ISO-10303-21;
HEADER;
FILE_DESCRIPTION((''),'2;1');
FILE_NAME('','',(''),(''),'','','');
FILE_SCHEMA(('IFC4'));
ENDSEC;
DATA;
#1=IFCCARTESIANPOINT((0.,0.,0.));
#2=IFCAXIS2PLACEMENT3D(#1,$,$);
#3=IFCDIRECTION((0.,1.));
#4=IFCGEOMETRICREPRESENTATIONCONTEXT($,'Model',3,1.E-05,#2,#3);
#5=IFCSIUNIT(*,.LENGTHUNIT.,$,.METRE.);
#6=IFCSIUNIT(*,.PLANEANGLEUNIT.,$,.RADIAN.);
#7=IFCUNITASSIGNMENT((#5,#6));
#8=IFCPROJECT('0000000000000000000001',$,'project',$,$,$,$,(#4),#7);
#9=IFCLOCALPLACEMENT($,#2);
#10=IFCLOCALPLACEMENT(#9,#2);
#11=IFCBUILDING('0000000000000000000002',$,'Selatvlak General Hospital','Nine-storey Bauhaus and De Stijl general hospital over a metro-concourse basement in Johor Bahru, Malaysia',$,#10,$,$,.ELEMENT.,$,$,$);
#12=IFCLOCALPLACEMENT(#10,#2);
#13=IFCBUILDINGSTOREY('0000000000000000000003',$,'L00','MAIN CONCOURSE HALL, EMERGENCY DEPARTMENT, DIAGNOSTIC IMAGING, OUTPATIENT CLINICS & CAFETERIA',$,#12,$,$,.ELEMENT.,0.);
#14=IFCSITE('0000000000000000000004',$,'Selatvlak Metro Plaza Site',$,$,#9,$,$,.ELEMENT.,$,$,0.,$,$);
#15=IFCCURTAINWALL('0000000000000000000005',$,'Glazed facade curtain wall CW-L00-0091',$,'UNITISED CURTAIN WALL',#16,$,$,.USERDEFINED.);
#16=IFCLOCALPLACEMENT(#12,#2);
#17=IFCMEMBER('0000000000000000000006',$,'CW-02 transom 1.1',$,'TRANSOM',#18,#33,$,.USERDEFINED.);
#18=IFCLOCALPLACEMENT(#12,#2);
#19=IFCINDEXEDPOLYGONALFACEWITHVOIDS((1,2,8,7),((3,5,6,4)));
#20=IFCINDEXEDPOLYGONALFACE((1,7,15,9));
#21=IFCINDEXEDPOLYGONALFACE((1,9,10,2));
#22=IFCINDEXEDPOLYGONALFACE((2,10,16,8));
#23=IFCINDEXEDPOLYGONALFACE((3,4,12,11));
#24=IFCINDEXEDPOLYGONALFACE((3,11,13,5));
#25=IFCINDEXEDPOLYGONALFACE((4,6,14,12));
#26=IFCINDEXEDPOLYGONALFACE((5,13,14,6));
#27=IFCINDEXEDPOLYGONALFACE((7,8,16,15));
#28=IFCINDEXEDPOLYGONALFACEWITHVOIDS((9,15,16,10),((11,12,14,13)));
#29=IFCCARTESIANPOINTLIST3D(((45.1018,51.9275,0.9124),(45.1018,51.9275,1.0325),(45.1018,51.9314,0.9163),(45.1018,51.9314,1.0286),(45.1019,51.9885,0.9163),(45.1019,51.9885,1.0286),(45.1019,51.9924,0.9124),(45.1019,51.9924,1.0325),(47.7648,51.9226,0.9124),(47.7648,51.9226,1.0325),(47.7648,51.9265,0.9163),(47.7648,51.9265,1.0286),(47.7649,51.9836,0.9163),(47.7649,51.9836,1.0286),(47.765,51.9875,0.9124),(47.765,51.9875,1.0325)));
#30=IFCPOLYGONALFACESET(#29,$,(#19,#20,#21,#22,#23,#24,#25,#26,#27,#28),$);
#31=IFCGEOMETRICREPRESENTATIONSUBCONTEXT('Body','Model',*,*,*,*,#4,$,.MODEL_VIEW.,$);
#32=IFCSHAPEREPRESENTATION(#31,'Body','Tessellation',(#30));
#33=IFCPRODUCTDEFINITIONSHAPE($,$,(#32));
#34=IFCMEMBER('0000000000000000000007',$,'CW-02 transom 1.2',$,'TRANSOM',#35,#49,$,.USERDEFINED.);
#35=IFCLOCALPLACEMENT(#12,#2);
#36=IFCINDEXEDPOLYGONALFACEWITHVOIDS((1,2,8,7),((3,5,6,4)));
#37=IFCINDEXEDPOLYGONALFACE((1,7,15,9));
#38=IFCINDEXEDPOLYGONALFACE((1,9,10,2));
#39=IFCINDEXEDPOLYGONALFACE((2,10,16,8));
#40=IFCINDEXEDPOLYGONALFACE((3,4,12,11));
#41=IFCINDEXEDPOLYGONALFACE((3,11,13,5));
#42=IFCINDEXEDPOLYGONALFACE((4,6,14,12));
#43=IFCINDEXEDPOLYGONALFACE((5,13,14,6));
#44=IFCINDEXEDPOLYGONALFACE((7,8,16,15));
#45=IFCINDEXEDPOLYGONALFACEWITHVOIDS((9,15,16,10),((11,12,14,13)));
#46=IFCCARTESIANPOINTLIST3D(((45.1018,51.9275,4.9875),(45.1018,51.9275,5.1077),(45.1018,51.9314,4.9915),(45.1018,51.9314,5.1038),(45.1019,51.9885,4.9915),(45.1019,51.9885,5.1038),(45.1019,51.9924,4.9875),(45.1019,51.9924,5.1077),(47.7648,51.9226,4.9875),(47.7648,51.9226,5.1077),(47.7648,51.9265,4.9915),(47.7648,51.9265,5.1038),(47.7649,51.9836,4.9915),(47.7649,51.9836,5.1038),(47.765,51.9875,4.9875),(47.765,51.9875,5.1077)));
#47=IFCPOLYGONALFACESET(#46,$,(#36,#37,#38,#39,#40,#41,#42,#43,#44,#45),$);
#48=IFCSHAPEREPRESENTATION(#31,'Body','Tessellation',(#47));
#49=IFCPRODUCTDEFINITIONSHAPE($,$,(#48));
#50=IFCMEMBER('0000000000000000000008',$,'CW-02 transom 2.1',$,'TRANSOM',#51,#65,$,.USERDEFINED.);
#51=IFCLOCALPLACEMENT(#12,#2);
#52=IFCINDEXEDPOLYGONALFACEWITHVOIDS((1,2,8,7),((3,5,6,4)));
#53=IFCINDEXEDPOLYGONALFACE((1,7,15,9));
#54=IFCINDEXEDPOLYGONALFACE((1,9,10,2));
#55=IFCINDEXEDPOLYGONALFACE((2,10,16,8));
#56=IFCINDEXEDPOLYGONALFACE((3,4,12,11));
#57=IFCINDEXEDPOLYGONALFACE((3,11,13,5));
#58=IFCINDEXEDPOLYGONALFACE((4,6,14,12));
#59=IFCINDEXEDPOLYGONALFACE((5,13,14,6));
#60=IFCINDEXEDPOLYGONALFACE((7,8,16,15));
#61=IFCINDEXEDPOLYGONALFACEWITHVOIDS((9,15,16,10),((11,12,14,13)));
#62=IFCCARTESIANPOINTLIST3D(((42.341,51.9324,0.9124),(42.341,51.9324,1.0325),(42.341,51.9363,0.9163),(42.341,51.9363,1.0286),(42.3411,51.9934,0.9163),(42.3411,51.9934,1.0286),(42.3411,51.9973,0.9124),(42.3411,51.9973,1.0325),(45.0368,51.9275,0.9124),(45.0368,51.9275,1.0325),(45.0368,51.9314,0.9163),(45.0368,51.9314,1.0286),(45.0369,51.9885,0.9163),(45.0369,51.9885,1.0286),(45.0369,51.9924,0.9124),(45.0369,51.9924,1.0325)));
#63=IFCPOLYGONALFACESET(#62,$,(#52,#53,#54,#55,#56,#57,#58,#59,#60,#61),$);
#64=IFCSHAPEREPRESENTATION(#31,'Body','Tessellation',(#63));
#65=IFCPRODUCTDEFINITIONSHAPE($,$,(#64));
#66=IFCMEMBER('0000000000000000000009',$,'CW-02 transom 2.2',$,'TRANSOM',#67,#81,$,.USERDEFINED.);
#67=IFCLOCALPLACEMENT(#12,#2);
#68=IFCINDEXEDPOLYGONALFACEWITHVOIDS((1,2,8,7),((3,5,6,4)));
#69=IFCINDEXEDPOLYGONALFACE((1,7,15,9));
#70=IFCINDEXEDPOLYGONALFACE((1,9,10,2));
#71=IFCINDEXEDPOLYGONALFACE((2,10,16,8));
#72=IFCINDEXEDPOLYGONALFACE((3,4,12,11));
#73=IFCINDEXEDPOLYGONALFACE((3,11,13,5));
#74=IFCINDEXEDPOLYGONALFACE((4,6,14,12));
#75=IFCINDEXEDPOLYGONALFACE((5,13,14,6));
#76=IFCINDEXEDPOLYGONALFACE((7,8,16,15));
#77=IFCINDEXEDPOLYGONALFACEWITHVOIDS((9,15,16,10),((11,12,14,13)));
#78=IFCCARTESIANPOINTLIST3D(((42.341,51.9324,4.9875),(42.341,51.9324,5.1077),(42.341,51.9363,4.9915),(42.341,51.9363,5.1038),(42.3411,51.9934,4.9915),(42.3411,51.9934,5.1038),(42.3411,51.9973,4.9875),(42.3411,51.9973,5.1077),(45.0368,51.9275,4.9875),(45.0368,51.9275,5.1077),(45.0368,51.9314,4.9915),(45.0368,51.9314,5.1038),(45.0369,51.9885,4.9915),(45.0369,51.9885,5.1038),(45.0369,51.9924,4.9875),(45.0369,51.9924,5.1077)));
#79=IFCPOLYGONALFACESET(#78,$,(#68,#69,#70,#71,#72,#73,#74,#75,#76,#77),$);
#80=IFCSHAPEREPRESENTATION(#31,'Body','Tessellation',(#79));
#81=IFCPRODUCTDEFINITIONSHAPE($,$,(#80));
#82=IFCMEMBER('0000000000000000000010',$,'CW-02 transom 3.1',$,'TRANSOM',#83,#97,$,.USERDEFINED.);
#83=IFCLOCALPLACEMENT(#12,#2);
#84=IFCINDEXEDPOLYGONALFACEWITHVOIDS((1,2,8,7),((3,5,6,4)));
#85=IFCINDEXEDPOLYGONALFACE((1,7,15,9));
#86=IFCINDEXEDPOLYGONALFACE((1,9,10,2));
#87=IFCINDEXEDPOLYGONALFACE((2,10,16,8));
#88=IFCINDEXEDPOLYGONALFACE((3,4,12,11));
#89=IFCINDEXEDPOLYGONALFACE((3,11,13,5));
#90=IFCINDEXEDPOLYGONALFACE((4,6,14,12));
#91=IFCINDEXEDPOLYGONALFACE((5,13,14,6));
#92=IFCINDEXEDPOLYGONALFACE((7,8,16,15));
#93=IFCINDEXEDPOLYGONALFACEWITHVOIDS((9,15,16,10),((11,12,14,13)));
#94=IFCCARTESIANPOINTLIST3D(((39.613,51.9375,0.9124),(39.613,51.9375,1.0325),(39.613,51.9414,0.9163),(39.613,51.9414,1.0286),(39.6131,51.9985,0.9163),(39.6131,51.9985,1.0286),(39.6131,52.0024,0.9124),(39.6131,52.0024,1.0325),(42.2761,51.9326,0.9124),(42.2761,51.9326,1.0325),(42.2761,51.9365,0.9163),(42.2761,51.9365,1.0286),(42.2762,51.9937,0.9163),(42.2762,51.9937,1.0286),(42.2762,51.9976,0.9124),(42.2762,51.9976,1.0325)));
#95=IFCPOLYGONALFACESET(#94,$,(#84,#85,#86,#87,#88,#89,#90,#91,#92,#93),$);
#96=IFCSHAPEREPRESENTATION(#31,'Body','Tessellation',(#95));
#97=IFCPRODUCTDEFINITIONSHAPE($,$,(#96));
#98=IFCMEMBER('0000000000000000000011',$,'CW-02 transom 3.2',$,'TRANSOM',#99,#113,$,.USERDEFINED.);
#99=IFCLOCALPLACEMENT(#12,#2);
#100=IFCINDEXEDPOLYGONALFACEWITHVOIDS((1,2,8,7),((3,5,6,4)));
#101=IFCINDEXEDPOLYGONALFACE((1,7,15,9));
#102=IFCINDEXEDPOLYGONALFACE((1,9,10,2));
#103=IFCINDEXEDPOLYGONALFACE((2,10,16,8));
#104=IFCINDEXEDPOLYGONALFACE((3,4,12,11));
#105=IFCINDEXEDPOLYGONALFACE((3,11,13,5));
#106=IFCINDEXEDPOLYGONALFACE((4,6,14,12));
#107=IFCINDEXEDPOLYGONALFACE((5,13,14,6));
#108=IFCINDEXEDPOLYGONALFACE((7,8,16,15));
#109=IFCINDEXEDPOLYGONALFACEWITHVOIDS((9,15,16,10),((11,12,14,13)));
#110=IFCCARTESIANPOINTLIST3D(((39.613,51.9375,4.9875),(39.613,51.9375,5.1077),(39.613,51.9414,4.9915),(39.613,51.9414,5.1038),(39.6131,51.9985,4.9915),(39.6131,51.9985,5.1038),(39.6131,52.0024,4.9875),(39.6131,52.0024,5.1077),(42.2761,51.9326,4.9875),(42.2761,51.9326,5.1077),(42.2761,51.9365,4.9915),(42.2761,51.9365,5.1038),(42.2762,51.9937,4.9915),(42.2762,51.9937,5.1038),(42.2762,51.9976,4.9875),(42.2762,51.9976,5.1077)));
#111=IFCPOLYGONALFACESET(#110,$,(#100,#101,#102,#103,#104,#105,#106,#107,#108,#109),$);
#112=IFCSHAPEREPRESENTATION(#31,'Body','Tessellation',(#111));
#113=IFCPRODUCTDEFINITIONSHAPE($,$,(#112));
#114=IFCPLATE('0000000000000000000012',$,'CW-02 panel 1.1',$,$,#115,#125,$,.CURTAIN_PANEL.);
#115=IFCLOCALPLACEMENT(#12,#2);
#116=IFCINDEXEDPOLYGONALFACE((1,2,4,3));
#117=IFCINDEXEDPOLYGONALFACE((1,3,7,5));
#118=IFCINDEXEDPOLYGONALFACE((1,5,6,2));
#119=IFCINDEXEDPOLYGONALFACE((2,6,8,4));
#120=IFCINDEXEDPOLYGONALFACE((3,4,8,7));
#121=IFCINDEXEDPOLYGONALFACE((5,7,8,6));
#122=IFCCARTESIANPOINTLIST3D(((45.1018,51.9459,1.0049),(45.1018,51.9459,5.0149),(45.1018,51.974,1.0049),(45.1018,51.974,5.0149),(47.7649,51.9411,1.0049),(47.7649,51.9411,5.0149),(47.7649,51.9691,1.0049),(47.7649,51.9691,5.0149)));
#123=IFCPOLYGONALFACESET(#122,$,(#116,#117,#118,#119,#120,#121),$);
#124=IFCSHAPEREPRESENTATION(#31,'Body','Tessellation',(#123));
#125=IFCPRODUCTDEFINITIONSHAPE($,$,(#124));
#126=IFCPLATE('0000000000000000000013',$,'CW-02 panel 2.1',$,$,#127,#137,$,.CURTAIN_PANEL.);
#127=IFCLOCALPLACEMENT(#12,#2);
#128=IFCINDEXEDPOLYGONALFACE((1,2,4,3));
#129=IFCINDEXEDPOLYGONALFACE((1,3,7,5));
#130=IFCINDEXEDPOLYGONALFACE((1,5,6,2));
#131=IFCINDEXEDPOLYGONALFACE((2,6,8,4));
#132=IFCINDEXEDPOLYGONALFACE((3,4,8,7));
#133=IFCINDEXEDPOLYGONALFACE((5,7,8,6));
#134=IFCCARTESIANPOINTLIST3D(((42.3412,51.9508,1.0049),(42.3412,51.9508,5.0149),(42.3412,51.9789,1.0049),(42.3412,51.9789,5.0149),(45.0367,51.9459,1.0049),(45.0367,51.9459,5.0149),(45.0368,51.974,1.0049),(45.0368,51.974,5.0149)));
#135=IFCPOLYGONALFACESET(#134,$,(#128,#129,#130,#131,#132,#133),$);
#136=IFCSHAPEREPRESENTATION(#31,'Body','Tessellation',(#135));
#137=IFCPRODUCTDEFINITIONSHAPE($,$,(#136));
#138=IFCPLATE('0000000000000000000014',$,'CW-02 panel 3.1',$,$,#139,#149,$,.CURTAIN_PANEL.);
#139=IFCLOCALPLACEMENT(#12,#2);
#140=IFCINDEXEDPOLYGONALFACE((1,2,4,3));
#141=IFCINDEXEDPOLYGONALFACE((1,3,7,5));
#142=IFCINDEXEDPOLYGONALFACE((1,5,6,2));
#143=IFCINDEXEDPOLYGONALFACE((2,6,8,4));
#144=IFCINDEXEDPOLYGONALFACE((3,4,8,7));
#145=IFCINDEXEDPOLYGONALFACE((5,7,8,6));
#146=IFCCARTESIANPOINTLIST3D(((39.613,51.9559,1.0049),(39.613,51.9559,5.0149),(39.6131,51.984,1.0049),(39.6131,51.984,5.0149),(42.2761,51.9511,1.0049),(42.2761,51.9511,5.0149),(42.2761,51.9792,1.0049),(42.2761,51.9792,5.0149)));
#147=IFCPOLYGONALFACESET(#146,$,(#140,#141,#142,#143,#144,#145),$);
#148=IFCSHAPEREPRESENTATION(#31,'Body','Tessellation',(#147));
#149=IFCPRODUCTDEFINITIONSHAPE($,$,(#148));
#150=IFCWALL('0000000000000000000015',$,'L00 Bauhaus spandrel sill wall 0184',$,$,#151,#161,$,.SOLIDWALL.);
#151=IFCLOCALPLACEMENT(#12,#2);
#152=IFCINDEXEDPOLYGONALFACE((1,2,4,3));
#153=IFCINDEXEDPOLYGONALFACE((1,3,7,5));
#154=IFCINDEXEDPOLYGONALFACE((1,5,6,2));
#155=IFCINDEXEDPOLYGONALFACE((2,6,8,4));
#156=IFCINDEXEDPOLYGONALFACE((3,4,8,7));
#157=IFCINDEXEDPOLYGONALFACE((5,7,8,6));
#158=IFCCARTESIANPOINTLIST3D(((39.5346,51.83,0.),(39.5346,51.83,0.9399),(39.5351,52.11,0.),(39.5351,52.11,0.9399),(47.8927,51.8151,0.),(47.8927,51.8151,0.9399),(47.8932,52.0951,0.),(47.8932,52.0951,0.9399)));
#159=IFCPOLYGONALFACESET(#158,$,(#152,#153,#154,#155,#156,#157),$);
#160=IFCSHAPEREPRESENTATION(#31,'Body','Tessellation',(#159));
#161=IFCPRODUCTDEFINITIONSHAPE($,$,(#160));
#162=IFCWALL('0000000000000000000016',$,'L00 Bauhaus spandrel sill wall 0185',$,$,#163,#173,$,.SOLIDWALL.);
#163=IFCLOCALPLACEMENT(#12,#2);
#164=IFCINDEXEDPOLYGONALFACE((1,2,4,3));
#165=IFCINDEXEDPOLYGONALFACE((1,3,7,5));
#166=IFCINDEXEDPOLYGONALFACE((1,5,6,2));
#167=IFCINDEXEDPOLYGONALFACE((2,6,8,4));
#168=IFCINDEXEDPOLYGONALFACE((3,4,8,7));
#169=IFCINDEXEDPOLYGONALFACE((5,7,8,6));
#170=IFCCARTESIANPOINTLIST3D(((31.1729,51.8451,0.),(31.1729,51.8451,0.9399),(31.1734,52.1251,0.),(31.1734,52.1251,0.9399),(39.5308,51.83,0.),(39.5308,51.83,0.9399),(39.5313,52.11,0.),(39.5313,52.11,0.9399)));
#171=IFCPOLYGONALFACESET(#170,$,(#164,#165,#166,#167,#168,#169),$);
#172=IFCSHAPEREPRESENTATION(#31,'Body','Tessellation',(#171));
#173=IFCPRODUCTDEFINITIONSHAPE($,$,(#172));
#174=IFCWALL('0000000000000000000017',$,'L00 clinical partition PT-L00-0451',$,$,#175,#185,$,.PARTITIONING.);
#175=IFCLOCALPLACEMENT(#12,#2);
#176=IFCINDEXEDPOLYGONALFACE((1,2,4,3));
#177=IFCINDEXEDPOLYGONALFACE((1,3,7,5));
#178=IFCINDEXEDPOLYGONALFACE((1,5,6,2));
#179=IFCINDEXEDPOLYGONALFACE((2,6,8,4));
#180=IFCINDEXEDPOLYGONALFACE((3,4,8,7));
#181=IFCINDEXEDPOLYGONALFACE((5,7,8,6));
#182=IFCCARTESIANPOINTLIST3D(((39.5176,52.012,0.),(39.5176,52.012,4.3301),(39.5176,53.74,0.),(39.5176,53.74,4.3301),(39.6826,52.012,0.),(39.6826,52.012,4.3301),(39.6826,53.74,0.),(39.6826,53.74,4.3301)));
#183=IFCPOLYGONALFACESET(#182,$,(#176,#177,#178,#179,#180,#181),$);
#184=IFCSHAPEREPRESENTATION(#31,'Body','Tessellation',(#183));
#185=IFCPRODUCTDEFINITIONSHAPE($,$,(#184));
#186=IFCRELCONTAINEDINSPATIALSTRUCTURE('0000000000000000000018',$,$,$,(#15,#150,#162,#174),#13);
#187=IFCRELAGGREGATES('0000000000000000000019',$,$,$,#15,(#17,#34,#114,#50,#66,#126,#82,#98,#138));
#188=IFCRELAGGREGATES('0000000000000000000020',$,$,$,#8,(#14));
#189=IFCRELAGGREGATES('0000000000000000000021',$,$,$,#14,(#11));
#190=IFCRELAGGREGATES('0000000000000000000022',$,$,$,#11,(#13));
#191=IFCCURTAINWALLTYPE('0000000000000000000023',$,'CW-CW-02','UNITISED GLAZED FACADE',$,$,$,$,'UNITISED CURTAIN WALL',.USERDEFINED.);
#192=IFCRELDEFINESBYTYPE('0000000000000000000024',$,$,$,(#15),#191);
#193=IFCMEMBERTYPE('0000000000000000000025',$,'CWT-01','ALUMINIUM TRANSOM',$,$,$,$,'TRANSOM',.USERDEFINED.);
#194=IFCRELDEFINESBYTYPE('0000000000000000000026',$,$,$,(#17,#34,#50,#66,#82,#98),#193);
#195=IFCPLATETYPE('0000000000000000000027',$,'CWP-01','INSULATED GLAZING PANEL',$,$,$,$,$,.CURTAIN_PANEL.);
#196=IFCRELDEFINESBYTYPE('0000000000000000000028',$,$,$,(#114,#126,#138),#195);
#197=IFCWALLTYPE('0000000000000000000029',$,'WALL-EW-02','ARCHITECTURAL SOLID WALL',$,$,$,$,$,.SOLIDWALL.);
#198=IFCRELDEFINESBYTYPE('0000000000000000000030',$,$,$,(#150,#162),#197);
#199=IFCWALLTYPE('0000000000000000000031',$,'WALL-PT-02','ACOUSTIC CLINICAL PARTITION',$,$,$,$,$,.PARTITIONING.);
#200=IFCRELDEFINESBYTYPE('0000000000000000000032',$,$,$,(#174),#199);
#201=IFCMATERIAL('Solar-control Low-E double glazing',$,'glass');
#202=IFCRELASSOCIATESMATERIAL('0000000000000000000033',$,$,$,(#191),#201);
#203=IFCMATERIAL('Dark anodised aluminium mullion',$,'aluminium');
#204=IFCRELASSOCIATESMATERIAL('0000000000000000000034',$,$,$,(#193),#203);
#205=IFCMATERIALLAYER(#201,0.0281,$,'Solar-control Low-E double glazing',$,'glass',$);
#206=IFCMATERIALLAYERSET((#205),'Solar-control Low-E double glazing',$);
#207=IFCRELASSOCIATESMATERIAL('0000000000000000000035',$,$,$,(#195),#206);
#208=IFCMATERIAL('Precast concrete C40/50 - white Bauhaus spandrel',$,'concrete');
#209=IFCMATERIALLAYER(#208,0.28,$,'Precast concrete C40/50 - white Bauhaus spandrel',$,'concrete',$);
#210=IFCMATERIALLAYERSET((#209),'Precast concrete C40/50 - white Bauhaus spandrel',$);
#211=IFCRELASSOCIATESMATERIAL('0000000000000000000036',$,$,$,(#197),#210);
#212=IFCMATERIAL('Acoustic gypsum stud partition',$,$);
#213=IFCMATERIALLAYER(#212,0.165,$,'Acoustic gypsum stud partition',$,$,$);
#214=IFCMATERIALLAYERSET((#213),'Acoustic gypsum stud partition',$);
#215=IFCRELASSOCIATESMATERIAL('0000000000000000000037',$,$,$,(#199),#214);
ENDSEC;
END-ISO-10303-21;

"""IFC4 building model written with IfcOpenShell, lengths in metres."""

from ifc_helpers import new_model, si_unit, direction, frame, frame_2d, origin, origin_2d, place, context, subcontext, project, spatial, rectangle, hollow_rectangle, extrude, material, layer, layer_set, material_profile, profile_set, type_object, element, aggregate, save


model = new_model("IFC4")

# Units and contexts
model_context = context("Model", 3, precision=1e-05, world=origin(), true_north=direction((0.0, 1.0)))
body_context = subcontext(model_context, "Body", "Model", "MODEL_VIEW")
ifc_project = project(units=[si_unit("LENGTHUNIT", "METRE"), si_unit("PLANEANGLEUNIT", "RADIAN")], contexts=[model_context])

# Site, building, storey
site_placement = place(None, origin())
site = spatial("IfcSite", under=ifc_project, at=site_placement, Name="Selatvlak Metro Plaza Site", CompositionType="ELEMENT", RefElevation=0.0)
building_placement = place(site_placement, origin())
building = spatial("IfcBuilding", under=site, at=building_placement, Name="Selatvlak General Hospital", Description="Nine-storey Bauhaus and De Stijl general hospital over a metro-concourse basement in Johor Bahru, Malaysia", CompositionType="ELEMENT")
storey_placement = place(building_placement, origin())
storey = spatial("IfcBuildingStorey", under=building, at=storey_placement, Name="L00", Description="MAIN CONCOURSE HALL, EMERGENCY DEPARTMENT, DIAGNOSTIC IMAGING, OUTPATIENT CLINICS & CAFETERIA", CompositionType="ELEMENT", Elevation=0.0)

# Shared definitions
ifc_material_1 = material(Name="Solar-control Low-E double glazing", Category="glass")
ifc_material_2 = material(Name="Dark anodised aluminium mullion", Category="aluminium")

# Curtain wall
curtain_wall_type_1 = type_object("IfcCurtainWallType", Name="CW-CW-02", Description="UNITISED GLAZED FACADE", ElementType="UNITISED CURTAIN WALL", PredefinedType="USERDEFINED", material=ifc_material_1)
curtain_wall_1_placement = place(storey_placement, origin())
curtain_wall_1 = element("IfcCurtainWall", 1, at=curtain_wall_1_placement, inside=storey, type_object=curtain_wall_type_1, Name="Glazed facade curtain wall CW-L00-0091", ObjectType="UNITISED CURTAIN WALL", PredefinedType="USERDEFINED")

# Members
ifc_material_profile_1 = material_profile(ifc_material_2, hollow_rectangle(XDim=0.0649, YDim=0.1201, WallThickness=0.0039, at=origin_2d()), Name="AL-TRN 65x120x4")
ifc_profile_set_1 = profile_set([ifc_material_profile_1], Name="Dark anodised aluminium mullion")
member_type_1 = type_object("IfcMemberType", Name="CWT-01", Description="ALUMINIUM TRANSOM", ElementType="TRANSOM", PredefinedType="USERDEFINED", material=ifc_profile_set_1)
member_1_placement = place(storey_placement, frame((47.7649, 51.9551, 0.9724), z_axis=(-0.999998, 0.001834, 0.0), x_axis=(-0.001834, -0.999998, 0.0)))
member_1 = element("IfcMember", 2, at=member_1_placement, type_object=member_type_1, Name="CW-02 transom 1.1", ObjectType="TRANSOM", PredefinedType="USERDEFINED", context=body_context, shape_type="SweptSolid", body=[
    extrude(hollow_rectangle(XDim=0.0649, YDim=0.1201, WallThickness=0.0039, at=origin_2d()), origin(), (0.0, 0.0, 1.0), 2.6631),
])
member_2_placement = place(storey_placement, frame((47.7649, 51.9551, 5.0476), z_axis=(-0.999998, 0.001834, 0.0), x_axis=(-0.001834, -0.999998, 0.0)))
member_2 = element("IfcMember", 3, at=member_2_placement, type_object=member_type_1, Name="CW-02 transom 1.2", ObjectType="TRANSOM", PredefinedType="USERDEFINED", context=body_context, shape_type="SweptSolid", body=[
    extrude(hollow_rectangle(XDim=0.0649, YDim=0.1201, WallThickness=0.0039, at=origin_2d()), origin(), (0.0, 0.0, 1.0), 2.6631),
])
member_3_placement = place(storey_placement, frame((45.0369, 51.96, 0.9724), z_axis=(-0.999998, 0.001811, 0.0), x_axis=(-0.001811, -0.999998, 0.0)))
member_3 = element("IfcMember", 4, at=member_3_placement, type_object=member_type_1, Name="CW-02 transom 2.1", ObjectType="TRANSOM", PredefinedType="USERDEFINED", context=body_context, shape_type="SweptSolid", body=[
    extrude(hollow_rectangle(XDim=0.0649, YDim=0.1201, WallThickness=0.0039, at=origin_2d()), origin(), (0.0, 0.0, 1.0), 2.6958),
])
member_4_placement = place(storey_placement, frame((45.0369, 51.96, 5.0476), z_axis=(-0.999998, 0.001811, 0.0), x_axis=(-0.001811, -0.999998, 0.0)))
member_4 = element("IfcMember", 5, at=member_4_placement, type_object=member_type_1, Name="CW-02 transom 2.2", ObjectType="TRANSOM", PredefinedType="USERDEFINED", context=body_context, shape_type="SweptSolid", body=[
    extrude(hollow_rectangle(XDim=0.0649, YDim=0.1201, WallThickness=0.0039, at=origin_2d()), origin(), (0.0, 0.0, 1.0), 2.6958),
])
member_5_placement = place(storey_placement, frame((42.2761, 51.9651, 0.9724), z_axis=(-0.999998, 0.001834, 0.0), x_axis=(-0.001834, -0.999998, 0.0)))
member_5 = element("IfcMember", 6, at=member_5_placement, type_object=member_type_1, Name="CW-02 transom 3.1", ObjectType="TRANSOM", PredefinedType="USERDEFINED", context=body_context, shape_type="SweptSolid", body=[
    extrude(hollow_rectangle(XDim=0.0649, YDim=0.1201, WallThickness=0.0039, at=origin_2d()), origin(), (0.0, 0.0, 1.0), 2.6631),
])
member_6_placement = place(storey_placement, frame((42.2761, 51.9651, 5.0476), z_axis=(-0.999998, 0.001834, 0.0), x_axis=(-0.001834, -0.999998, 0.0)))
member_6 = element("IfcMember", 7, at=member_6_placement, type_object=member_type_1, Name="CW-02 transom 3.2", ObjectType="TRANSOM", PredefinedType="USERDEFINED", context=body_context, shape_type="SweptSolid", body=[
    extrude(hollow_rectangle(XDim=0.0649, YDim=0.1201, WallThickness=0.0039, at=origin_2d()), origin(), (0.0, 0.0, 1.0), 2.6631),
])

# Plates
ifc_layer_1 = layer(ifc_material_1, 0.0281, Name="Solar-control Low-E double glazing", Category="glass")
ifc_layer_set_1 = layer_set([ifc_layer_1], Name="Solar-control Low-E double glazing")
plate_type = type_object("IfcPlateType", Name="CWP-01", Description="INSULATED GLAZING PANEL", PredefinedType="CURTAIN_PANEL", material=ifc_layer_set_1)
plate_1_placement = place(storey_placement, frame((46.4333, 51.9575, 1.0049), z_axis=(0.0, 0.0, 1.0), x_axis=(-0.999998, 0.001811, 0.0)))
plate_1 = element("IfcPlate", 8, at=plate_1_placement, type_object=plate_type, Name="CW-02 panel 1.1", PredefinedType="CURTAIN_PANEL", context=body_context, shape_type="SweptSolid", body=[
    extrude(rectangle(XDim=2.6631, YDim=0.0281, at=origin_2d()), origin(), (0.0, 0.0, 1.0), 4.01),
])
plate_2_placement = place(storey_placement, frame((43.689, 51.9624, 1.0049), z_axis=(0.0, 0.0, 1.0), x_axis=(-0.999998, 0.001811, 0.0)))
plate_2 = element("IfcPlate", 9, at=plate_2_placement, type_object=plate_type, Name="CW-02 panel 2.1", PredefinedType="CURTAIN_PANEL", context=body_context, shape_type="SweptSolid", body=[
    extrude(rectangle(XDim=2.6956, YDim=0.0281, at=origin_2d()), origin(), (0.0, 0.0, 1.0), 4.01),
])
plate_3_placement = place(storey_placement, frame((40.9446, 51.9675, 1.0049), z_axis=(0.0, 0.0, 1.0), x_axis=(-0.999998, 0.001811, 0.0)))
plate_3 = element("IfcPlate", 10, at=plate_3_placement, type_object=plate_type, Name="CW-02 panel 3.1", PredefinedType="CURTAIN_PANEL", context=body_context, shape_type="SweptSolid", body=[
    extrude(rectangle(XDim=2.6631, YDim=0.0281, at=origin_2d()), origin(), (0.0, 0.0, 1.0), 4.01),
])
aggregate(curtain_wall_1, [member_1, member_2, plate_1, member_3, member_4, plate_2, member_5, member_6, plate_3])

# Walls
ifc_material_3 = material(Name="Precast concrete C40/50 - white Bauhaus spandrel", Category="concrete")
ifc_layer_2 = layer(ifc_material_3, 0.28, Name="Precast concrete C40/50 - white Bauhaus spandrel", Category="concrete")
ifc_layer_set_2 = layer_set([ifc_layer_2], Name="Precast concrete C40/50 - white Bauhaus spandrel")
wall_type_1 = type_object("IfcWallType", Name="WALL-EW-02", Description="ARCHITECTURAL SOLID WALL", PredefinedType="SOLIDWALL", material=ifc_layer_set_2)
wall_1_placement = place(storey_placement, frame((47.8931, 51.9551, 0.0), z_axis=(0.0, 0.0, 1.0), x_axis=(-0.999998, 0.001782, 0.0)))
element("IfcWall", 11, at=wall_1_placement, inside=storey, type_object=wall_type_1, Name="L00 Bauhaus spandrel sill wall 0184", PredefinedType="SOLIDWALL", context=body_context, shape_type="SweptSolid", body=[
    extrude(rectangle(XDim=8.3582, YDim=0.28, at=frame_2d((4.1792, 0.0))), origin(), (0.0, 0.0, 1.0), 0.9399),
])
wall_2_placement = place(storey_placement, frame((39.531, 51.97, 0.0), z_axis=(0.0, 0.0, 1.0), x_axis=(-0.999998, 0.001811, 0.0)))
element("IfcWall", 12, at=wall_2_placement, inside=storey, type_object=wall_type_1, Name="L00 Bauhaus spandrel sill wall 0185", PredefinedType="SOLIDWALL", context=body_context, shape_type="SweptSolid", body=[
    extrude(rectangle(XDim=8.3579, YDim=0.28, at=frame_2d((4.179, 0.0))), origin(), (0.0, 0.0, 1.0), 0.9399),
])
ifc_material_4 = material(Name="Acoustic gypsum stud partition")
ifc_layer_3 = layer(ifc_material_4, 0.165, Name="Acoustic gypsum stud partition")
ifc_layer_set_3 = layer_set([ifc_layer_3], Name="Acoustic gypsum stud partition")
wall_type_2 = type_object("IfcWallType", Name="WALL-PT-02", Description="ACOUSTIC CLINICAL PARTITION", PredefinedType="PARTITIONING", material=ifc_layer_set_3)
wall_3_placement = place(storey_placement, frame((39.6001, 52.012, 0.0), z_axis=(0.0, 0.0, 1.0), x_axis=(0.0, 1.0, 0.0)))
element("IfcWall", 13, at=wall_3_placement, inside=storey, type_object=wall_type_2, Name="L00 clinical partition PT-L00-0451", PredefinedType="PARTITIONING", context=body_context, shape_type="SweptSolid", body=[
    extrude(rectangle(XDim=1.728, YDim=0.165, at=frame_2d((0.864, 0.0))), origin(), (0.0, 0.0, 1.0), 4.3301),
])

save(model, "model.ifc")
